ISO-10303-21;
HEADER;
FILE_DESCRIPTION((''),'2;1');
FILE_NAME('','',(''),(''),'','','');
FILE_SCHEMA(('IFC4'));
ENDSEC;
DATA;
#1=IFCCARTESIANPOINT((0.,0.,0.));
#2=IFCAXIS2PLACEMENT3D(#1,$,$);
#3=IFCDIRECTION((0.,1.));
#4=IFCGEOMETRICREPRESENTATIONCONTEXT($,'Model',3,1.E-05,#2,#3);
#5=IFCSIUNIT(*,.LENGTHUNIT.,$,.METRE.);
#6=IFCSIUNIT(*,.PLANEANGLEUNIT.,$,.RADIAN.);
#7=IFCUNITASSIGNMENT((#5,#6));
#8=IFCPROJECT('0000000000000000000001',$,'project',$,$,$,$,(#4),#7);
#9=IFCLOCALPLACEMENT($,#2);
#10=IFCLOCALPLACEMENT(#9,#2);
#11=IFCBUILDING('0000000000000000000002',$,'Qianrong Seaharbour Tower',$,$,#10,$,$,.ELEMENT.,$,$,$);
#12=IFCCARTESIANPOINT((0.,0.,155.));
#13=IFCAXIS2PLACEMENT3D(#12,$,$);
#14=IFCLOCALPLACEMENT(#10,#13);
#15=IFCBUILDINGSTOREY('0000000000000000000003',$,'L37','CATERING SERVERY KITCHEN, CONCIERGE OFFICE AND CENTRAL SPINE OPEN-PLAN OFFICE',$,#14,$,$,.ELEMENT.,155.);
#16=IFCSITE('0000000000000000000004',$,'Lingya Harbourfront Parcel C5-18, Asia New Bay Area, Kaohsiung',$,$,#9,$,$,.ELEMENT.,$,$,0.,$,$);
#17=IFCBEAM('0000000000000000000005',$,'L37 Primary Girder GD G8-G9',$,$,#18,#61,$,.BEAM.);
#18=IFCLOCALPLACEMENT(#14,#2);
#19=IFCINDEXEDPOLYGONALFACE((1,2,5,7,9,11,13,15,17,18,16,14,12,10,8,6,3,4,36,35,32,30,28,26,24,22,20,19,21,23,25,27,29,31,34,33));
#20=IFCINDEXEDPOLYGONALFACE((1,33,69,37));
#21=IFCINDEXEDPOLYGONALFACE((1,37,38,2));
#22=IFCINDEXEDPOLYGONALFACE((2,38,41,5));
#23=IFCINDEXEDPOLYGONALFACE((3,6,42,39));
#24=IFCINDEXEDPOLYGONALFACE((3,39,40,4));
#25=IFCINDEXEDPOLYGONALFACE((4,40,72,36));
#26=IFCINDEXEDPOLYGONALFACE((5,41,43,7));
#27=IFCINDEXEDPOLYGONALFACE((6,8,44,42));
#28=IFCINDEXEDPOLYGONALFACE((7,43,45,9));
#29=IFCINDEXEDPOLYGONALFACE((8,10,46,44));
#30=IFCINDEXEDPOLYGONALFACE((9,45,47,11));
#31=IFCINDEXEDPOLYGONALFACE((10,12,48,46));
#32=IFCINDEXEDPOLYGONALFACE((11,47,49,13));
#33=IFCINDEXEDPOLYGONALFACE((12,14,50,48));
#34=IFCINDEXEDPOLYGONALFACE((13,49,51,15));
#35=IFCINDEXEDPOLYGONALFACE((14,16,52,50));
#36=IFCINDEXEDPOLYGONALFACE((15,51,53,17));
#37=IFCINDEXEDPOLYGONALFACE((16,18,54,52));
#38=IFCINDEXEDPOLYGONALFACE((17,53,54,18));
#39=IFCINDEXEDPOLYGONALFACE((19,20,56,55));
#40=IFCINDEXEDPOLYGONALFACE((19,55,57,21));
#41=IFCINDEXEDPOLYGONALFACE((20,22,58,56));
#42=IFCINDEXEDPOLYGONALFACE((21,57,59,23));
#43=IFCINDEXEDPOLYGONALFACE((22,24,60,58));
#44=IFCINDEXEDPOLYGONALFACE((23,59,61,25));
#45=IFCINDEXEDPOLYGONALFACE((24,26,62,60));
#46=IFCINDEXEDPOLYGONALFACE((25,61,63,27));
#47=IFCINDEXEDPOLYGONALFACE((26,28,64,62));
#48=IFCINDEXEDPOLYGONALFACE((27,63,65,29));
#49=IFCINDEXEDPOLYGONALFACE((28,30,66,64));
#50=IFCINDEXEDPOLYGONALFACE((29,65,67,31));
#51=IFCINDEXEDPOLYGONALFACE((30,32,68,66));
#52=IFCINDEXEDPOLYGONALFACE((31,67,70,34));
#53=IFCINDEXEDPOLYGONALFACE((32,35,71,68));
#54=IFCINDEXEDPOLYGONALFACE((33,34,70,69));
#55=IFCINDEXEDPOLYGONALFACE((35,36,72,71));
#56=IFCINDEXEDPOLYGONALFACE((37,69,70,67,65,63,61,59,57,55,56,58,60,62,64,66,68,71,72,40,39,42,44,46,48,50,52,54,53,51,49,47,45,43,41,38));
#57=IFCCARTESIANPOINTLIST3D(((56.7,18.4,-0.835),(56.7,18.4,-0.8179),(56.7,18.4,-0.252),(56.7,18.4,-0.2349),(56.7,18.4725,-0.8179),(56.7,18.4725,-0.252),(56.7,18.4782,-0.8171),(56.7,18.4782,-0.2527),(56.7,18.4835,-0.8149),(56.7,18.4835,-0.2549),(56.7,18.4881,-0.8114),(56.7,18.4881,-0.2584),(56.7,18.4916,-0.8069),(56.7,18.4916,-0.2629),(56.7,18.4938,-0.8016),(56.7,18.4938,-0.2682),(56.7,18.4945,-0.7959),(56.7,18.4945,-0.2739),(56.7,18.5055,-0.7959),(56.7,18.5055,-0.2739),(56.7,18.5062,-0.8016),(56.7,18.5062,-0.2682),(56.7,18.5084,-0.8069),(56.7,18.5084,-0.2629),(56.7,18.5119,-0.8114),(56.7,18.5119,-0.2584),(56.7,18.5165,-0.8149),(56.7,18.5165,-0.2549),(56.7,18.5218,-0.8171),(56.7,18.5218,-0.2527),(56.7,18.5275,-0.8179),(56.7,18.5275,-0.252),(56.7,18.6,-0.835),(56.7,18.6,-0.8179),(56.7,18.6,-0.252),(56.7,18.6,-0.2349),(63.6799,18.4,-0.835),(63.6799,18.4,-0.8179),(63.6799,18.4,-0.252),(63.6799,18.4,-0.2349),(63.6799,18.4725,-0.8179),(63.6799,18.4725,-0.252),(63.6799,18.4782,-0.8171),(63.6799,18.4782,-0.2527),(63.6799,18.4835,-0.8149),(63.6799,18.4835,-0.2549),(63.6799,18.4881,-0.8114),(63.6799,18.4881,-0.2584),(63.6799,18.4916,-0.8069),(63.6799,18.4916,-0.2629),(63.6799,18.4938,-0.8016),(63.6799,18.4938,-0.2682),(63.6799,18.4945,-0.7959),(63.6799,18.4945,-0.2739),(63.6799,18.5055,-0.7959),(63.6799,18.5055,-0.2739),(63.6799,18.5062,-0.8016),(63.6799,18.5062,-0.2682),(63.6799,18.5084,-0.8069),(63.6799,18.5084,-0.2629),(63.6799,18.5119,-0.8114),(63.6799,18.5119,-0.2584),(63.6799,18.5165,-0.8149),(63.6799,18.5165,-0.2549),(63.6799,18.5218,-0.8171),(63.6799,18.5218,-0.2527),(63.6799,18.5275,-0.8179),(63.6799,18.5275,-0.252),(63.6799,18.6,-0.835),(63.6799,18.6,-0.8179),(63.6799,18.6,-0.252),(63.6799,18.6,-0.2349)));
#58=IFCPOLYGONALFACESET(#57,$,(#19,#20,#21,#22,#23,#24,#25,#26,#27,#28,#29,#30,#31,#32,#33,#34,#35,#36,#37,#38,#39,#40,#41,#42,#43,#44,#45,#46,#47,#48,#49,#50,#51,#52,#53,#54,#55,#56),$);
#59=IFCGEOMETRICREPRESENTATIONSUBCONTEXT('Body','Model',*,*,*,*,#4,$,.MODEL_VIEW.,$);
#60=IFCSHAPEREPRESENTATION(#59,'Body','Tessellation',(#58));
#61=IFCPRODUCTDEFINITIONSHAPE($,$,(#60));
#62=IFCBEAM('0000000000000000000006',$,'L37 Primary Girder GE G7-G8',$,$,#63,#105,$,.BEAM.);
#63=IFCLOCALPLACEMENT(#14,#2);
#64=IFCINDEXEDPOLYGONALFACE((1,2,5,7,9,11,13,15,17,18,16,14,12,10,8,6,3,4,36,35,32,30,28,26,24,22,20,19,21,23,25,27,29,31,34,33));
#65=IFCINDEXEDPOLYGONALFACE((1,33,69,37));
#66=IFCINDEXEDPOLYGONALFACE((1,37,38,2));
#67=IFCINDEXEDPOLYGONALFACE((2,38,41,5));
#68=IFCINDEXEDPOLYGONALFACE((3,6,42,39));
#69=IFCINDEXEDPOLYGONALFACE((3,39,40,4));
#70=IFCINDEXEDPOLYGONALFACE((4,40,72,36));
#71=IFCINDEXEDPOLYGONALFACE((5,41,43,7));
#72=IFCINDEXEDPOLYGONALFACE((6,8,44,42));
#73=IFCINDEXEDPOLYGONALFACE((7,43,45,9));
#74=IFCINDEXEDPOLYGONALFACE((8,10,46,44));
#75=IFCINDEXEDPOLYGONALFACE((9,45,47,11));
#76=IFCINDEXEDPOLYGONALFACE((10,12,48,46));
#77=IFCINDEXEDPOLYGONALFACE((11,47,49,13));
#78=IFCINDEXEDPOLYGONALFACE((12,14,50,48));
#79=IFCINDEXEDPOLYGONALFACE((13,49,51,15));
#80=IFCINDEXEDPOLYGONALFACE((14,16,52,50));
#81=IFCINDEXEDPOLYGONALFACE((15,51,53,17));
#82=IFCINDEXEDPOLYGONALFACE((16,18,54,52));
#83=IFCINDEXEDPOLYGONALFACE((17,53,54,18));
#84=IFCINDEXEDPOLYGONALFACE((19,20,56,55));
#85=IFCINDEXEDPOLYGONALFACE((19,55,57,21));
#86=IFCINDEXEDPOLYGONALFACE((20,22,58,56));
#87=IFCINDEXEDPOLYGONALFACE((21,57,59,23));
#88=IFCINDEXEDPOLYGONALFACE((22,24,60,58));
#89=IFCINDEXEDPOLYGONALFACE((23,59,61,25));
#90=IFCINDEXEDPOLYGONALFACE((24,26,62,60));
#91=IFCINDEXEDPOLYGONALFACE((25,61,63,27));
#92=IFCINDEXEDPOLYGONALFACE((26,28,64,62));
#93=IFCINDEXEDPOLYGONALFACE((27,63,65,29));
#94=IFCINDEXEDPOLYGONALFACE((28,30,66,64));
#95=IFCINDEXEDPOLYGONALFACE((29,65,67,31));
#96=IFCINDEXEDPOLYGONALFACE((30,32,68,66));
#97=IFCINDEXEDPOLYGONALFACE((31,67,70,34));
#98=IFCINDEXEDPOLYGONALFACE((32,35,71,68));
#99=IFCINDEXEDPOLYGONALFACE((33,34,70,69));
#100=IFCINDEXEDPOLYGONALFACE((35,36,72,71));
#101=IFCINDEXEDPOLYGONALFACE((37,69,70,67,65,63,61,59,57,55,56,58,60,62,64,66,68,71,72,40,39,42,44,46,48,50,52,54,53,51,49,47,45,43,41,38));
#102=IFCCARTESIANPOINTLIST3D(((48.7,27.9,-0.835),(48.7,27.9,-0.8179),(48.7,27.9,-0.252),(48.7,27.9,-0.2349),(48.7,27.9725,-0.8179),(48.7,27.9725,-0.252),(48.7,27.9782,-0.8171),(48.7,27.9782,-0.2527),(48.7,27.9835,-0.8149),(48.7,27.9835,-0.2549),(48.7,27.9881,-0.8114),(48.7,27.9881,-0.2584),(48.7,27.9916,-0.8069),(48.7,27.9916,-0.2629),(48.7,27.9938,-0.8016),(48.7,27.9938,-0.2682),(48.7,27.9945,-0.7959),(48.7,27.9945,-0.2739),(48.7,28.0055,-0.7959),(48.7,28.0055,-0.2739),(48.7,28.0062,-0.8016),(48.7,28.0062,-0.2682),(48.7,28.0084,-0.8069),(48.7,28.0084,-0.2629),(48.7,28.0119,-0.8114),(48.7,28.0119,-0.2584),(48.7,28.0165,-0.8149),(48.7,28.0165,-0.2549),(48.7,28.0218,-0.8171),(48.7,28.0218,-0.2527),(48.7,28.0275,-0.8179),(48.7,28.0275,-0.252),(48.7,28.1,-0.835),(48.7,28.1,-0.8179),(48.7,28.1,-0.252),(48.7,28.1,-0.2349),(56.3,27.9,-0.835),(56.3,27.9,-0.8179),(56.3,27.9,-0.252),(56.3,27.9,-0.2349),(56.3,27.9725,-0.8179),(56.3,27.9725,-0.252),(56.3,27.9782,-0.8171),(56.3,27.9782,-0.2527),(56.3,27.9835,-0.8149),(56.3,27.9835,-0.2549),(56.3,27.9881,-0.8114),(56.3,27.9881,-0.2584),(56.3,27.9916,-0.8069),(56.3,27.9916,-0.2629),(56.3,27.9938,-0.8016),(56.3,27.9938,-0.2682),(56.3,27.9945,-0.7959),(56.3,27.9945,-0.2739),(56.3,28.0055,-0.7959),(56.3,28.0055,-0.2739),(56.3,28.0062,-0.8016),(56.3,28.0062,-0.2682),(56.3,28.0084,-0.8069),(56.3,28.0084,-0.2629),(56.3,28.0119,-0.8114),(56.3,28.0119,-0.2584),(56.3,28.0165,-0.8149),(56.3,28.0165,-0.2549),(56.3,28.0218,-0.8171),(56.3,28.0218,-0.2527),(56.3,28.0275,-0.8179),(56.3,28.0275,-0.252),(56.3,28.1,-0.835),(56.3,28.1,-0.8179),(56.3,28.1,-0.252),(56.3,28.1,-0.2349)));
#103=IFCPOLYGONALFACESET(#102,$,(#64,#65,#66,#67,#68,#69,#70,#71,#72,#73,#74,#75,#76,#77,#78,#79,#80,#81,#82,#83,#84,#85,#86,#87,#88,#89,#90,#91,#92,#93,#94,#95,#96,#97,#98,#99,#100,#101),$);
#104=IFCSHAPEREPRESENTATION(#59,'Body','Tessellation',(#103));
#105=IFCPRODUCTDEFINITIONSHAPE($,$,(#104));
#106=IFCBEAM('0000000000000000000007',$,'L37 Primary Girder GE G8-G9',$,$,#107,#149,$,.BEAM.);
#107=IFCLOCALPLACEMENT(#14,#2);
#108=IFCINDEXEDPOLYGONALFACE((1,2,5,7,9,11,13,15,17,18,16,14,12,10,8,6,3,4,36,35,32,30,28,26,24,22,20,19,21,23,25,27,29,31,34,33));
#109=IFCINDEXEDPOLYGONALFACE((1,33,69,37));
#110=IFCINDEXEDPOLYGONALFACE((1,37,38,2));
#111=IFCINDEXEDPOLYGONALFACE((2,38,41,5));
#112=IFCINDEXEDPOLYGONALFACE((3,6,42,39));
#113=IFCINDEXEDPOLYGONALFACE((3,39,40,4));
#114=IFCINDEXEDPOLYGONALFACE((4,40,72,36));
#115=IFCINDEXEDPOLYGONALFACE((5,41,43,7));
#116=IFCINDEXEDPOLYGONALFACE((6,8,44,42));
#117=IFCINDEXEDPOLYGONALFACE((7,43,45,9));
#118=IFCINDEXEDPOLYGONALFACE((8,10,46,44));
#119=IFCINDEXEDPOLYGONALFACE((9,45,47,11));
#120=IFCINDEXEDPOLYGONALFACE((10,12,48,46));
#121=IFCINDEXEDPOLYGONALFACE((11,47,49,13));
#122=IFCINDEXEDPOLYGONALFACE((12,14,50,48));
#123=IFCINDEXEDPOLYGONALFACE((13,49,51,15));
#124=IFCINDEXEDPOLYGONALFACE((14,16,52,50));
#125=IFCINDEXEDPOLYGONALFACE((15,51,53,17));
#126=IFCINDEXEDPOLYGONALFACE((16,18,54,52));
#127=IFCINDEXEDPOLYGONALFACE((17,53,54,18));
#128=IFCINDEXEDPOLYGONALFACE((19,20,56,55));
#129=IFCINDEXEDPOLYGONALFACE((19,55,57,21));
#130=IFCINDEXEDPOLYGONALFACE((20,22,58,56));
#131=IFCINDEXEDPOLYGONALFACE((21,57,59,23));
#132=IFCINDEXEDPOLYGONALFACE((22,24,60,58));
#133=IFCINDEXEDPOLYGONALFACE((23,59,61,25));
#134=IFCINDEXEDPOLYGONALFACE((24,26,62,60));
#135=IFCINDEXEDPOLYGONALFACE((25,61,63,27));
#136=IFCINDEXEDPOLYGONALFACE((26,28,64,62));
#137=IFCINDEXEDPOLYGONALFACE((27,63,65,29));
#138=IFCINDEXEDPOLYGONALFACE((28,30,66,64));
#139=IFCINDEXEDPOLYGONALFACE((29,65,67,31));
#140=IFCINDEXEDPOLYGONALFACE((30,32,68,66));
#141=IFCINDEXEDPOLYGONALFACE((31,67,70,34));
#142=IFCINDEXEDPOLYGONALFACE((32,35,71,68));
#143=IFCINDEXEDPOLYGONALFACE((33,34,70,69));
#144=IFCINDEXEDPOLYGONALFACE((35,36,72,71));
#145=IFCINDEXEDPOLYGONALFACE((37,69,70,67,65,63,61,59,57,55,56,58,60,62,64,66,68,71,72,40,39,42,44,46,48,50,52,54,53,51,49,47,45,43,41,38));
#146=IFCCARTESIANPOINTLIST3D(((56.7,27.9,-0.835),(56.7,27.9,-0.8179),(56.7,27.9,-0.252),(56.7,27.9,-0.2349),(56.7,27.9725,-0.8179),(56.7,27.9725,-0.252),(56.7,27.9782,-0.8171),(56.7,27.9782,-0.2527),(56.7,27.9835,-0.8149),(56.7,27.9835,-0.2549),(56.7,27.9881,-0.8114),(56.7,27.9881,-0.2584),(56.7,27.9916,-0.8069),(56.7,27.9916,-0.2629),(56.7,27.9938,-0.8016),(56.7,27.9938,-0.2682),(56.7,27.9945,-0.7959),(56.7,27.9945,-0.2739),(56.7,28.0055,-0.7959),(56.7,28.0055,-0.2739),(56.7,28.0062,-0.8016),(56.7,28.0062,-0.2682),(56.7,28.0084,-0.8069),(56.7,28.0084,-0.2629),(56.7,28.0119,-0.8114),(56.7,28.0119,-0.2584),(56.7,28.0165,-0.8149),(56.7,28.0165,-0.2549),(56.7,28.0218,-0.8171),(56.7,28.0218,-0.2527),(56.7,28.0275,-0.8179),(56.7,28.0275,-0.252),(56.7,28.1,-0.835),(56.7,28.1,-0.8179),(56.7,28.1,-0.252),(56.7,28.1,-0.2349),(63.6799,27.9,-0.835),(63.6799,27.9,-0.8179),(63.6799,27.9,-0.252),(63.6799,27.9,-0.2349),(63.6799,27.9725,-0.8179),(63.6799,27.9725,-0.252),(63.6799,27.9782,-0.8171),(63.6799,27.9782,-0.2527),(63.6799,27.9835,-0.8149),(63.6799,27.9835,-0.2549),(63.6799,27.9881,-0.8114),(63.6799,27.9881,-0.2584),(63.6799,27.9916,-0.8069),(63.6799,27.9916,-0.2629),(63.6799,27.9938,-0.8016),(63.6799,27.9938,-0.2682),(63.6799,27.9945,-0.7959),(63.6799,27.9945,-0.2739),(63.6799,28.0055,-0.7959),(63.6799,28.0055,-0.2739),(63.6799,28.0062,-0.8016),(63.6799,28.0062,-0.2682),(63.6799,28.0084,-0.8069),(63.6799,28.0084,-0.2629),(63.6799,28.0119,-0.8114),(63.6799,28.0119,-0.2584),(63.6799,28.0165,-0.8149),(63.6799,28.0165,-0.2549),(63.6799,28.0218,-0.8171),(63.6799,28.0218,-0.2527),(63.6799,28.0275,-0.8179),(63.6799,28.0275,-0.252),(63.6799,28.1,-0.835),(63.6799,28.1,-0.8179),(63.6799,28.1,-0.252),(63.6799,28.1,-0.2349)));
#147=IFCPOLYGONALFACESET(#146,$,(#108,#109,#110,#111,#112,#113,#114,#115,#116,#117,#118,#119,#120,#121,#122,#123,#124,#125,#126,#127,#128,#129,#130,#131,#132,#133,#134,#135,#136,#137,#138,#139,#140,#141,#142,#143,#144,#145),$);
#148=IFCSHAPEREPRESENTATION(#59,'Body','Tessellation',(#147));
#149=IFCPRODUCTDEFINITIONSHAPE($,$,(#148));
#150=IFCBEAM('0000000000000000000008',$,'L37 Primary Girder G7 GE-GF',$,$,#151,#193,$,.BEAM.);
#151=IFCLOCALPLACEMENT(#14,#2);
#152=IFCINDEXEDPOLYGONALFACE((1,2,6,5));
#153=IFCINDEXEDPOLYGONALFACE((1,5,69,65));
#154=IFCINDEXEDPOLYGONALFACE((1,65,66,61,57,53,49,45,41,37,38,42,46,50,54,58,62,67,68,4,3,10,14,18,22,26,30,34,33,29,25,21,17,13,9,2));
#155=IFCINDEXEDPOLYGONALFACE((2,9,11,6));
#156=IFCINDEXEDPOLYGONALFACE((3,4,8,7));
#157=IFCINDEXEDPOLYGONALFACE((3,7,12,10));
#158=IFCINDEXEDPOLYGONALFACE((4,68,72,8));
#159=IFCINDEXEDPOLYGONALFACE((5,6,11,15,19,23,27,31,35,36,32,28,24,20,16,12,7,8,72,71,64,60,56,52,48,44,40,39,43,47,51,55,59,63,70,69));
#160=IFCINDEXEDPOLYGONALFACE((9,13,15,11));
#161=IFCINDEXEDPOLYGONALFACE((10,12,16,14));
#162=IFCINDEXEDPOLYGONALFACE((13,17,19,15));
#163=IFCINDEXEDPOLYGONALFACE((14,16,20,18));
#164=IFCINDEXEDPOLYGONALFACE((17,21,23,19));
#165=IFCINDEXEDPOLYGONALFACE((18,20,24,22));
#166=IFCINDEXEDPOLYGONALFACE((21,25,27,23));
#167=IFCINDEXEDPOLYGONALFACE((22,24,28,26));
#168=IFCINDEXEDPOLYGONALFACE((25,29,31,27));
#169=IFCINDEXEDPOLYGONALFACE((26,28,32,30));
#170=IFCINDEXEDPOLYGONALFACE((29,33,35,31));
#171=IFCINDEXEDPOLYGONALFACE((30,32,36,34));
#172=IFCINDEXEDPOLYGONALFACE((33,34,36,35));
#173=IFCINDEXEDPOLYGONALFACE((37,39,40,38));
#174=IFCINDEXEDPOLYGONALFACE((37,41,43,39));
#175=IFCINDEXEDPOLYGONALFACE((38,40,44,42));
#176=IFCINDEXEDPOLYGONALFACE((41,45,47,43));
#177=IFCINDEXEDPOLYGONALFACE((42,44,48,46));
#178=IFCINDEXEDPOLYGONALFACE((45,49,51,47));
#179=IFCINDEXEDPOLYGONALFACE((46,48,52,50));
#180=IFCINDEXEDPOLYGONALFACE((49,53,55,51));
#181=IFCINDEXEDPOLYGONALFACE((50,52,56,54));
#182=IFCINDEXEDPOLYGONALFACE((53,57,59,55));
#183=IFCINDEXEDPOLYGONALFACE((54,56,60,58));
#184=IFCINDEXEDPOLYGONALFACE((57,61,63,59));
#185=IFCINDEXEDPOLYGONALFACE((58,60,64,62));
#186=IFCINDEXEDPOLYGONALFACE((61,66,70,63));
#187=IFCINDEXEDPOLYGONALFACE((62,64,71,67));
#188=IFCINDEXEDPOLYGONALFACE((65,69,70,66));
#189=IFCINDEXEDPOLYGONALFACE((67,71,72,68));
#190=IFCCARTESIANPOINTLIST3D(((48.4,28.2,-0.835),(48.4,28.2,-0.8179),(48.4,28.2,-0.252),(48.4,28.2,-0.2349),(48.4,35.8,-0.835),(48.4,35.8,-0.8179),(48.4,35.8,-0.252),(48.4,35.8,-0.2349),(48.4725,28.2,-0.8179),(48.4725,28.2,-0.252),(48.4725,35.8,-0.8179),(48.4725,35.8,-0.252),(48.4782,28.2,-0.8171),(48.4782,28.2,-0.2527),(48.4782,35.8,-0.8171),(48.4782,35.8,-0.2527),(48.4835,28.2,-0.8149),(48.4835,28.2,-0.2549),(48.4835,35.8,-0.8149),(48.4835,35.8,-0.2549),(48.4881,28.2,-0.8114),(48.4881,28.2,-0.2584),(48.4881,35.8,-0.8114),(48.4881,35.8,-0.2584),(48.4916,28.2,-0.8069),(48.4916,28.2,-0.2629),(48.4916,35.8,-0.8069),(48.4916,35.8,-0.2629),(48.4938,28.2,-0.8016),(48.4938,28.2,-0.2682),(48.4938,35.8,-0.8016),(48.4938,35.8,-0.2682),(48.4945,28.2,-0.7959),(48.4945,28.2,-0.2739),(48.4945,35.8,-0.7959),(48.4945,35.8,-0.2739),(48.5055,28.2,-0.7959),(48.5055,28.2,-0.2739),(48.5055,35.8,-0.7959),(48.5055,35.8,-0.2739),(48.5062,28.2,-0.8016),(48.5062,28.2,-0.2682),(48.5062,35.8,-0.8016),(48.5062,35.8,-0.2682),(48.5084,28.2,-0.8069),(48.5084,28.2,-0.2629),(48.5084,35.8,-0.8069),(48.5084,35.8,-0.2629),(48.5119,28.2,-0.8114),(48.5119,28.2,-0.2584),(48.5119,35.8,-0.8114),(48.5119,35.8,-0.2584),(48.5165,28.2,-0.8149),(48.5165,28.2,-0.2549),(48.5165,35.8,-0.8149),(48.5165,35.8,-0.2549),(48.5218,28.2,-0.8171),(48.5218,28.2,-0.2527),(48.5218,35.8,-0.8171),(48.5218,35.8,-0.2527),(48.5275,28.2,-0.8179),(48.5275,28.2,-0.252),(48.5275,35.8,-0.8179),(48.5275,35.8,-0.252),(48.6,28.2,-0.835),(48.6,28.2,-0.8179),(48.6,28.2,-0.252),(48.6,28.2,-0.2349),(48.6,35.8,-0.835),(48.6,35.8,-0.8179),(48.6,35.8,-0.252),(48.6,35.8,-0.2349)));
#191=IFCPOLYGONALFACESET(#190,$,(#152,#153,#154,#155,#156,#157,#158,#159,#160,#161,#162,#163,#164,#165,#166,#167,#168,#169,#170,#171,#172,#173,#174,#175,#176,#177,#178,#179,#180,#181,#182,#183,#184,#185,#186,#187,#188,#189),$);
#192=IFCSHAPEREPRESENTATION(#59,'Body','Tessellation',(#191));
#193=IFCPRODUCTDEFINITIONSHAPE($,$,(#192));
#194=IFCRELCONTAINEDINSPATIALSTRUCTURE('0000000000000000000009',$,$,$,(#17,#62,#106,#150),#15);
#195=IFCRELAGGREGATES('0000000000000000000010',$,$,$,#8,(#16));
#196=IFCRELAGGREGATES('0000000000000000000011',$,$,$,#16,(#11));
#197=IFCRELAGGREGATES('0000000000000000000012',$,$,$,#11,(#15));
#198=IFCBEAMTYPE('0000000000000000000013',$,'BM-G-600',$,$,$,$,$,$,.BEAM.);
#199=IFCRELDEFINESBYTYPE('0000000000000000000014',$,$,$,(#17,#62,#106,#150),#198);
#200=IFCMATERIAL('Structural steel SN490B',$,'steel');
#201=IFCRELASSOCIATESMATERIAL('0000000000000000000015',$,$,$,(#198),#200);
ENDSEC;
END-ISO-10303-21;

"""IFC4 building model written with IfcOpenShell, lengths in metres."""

from ifc_helpers import new_model, si_unit, direction, frame, origin, origin_2d, place, context, subcontext, project, spatial, i_section, extrude, material, material_profile, profile_set, type_object, element, save


model = new_model("IFC4")

# Units and contexts
model_context = context("Model", 3, precision=1e-05, world=origin(), true_north=direction((0.0, 1.0)))
body_context = subcontext(model_context, "Body", "Model", "MODEL_VIEW")
ifc_project = project(units=[si_unit("LENGTHUNIT", "METRE"), si_unit("PLANEANGLEUNIT", "RADIAN")], contexts=[model_context])

# Site, building, storey
site_placement = place(None, origin())
site = spatial("IfcSite", under=ifc_project, at=site_placement, Name="Lingya Harbourfront Parcel C5-18, Asia New Bay Area, Kaohsiung", CompositionType="ELEMENT", RefElevation=0.0)
building_placement = place(site_placement, origin())
building = spatial("IfcBuilding", under=site, at=building_placement, Name="Qianrong Seaharbour Tower", CompositionType="ELEMENT")
storey_placement = place(building_placement, frame((0.0, 0.0, 155.0)))
storey = spatial("IfcBuildingStorey", under=building, at=storey_placement, Name="L37", Description="CATERING SERVERY KITCHEN, CONCIERGE OFFICE AND CENTRAL SPINE OPEN-PLAN OFFICE", CompositionType="ELEMENT", Elevation=155.0)

# Shared definitions
ifc_material_1 = material(Name="Structural steel SN490B", Category="steel")

# Beams
ifc_material_profile_1 = material_profile(ifc_material_1, i_section(OverallWidth=0.2, OverallDepth=0.6001, WebThickness=0.011, FlangeThickness=0.0171, FilletRadius=0.022, at=origin_2d()), Name="H600x200x11x17")
ifc_profile_set_1 = profile_set([ifc_material_profile_1], Name="Structural steel SN490B")
beam_type_1 = type_object("IfcBeamType", Name="BM-G-600", PredefinedType="BEAM", material=ifc_profile_set_1)
beam_1_placement = place(storey_placement, frame((56.7, 18.5, -0.5349), z_axis=(1.0, 0.0, 0.0), x_axis=(0.0, 1.0, 0.0)))
element("IfcBeam", 1, at=beam_1_placement, inside=storey, type_object=beam_type_1, Name="L37 Primary Girder GD G8-G9", PredefinedType="BEAM", context=body_context, shape_type="SweptSolid", body=[
    extrude(i_section(OverallWidth=0.2, OverallDepth=0.6001, WebThickness=0.011, FlangeThickness=0.0171, FilletRadius=0.022, at=origin_2d()), origin(), (0.0, 0.0, 1.0), 6.98),
])
beam_2_placement = place(storey_placement, frame((48.7, 28.0, -0.5349), z_axis=(1.0, 0.0, 0.0), x_axis=(0.0, 1.0, 0.0)))
element("IfcBeam", 2, at=beam_2_placement, inside=storey, type_object=beam_type_1, Name="L37 Primary Girder GE G7-G8", PredefinedType="BEAM", context=body_context, shape_type="SweptSolid", body=[
    extrude(i_section(OverallWidth=0.2, OverallDepth=0.6001, WebThickness=0.011, FlangeThickness=0.0171, FilletRadius=0.022, at=origin_2d()), origin(), (0.0, 0.0, 1.0), 7.6001),
])
beam_3_placement = place(storey_placement, frame((56.7, 28.0, -0.5349), z_axis=(1.0, 0.0, 0.0), x_axis=(0.0, 1.0, 0.0)))
element("IfcBeam", 3, at=beam_3_placement, inside=storey, type_object=beam_type_1, Name="L37 Primary Girder GE G8-G9", PredefinedType="BEAM", context=body_context, shape_type="SweptSolid", body=[
    extrude(i_section(OverallWidth=0.2, OverallDepth=0.6001, WebThickness=0.011, FlangeThickness=0.0171, FilletRadius=0.022, at=origin_2d()), origin(), (0.0, 0.0, 1.0), 6.98),
])
for number, where, z_axis, x_axis, name in (
    (4, (48.5, 28.2, -0.5349), (0.0, 1.0, 0.0), (-1.0, 0.0, 0.0), "L37 Primary Girder G7 GE-GF"),
):
    element("IfcBeam", number, at=place(storey_placement, frame(where, z_axis=z_axis, x_axis=x_axis)), inside=storey, type_object=beam_type_1, Name=name, PredefinedType="BEAM", context=body_context, shape_type="SweptSolid", body=[
        extrude(i_section(OverallWidth=0.2, OverallDepth=0.6001, WebThickness=0.011, FlangeThickness=0.0171, FilletRadius=0.022, at=origin_2d()), origin(), (0.0, 0.0, 1.0), 7.6001),
    ])

save(model, "model.ifc")
